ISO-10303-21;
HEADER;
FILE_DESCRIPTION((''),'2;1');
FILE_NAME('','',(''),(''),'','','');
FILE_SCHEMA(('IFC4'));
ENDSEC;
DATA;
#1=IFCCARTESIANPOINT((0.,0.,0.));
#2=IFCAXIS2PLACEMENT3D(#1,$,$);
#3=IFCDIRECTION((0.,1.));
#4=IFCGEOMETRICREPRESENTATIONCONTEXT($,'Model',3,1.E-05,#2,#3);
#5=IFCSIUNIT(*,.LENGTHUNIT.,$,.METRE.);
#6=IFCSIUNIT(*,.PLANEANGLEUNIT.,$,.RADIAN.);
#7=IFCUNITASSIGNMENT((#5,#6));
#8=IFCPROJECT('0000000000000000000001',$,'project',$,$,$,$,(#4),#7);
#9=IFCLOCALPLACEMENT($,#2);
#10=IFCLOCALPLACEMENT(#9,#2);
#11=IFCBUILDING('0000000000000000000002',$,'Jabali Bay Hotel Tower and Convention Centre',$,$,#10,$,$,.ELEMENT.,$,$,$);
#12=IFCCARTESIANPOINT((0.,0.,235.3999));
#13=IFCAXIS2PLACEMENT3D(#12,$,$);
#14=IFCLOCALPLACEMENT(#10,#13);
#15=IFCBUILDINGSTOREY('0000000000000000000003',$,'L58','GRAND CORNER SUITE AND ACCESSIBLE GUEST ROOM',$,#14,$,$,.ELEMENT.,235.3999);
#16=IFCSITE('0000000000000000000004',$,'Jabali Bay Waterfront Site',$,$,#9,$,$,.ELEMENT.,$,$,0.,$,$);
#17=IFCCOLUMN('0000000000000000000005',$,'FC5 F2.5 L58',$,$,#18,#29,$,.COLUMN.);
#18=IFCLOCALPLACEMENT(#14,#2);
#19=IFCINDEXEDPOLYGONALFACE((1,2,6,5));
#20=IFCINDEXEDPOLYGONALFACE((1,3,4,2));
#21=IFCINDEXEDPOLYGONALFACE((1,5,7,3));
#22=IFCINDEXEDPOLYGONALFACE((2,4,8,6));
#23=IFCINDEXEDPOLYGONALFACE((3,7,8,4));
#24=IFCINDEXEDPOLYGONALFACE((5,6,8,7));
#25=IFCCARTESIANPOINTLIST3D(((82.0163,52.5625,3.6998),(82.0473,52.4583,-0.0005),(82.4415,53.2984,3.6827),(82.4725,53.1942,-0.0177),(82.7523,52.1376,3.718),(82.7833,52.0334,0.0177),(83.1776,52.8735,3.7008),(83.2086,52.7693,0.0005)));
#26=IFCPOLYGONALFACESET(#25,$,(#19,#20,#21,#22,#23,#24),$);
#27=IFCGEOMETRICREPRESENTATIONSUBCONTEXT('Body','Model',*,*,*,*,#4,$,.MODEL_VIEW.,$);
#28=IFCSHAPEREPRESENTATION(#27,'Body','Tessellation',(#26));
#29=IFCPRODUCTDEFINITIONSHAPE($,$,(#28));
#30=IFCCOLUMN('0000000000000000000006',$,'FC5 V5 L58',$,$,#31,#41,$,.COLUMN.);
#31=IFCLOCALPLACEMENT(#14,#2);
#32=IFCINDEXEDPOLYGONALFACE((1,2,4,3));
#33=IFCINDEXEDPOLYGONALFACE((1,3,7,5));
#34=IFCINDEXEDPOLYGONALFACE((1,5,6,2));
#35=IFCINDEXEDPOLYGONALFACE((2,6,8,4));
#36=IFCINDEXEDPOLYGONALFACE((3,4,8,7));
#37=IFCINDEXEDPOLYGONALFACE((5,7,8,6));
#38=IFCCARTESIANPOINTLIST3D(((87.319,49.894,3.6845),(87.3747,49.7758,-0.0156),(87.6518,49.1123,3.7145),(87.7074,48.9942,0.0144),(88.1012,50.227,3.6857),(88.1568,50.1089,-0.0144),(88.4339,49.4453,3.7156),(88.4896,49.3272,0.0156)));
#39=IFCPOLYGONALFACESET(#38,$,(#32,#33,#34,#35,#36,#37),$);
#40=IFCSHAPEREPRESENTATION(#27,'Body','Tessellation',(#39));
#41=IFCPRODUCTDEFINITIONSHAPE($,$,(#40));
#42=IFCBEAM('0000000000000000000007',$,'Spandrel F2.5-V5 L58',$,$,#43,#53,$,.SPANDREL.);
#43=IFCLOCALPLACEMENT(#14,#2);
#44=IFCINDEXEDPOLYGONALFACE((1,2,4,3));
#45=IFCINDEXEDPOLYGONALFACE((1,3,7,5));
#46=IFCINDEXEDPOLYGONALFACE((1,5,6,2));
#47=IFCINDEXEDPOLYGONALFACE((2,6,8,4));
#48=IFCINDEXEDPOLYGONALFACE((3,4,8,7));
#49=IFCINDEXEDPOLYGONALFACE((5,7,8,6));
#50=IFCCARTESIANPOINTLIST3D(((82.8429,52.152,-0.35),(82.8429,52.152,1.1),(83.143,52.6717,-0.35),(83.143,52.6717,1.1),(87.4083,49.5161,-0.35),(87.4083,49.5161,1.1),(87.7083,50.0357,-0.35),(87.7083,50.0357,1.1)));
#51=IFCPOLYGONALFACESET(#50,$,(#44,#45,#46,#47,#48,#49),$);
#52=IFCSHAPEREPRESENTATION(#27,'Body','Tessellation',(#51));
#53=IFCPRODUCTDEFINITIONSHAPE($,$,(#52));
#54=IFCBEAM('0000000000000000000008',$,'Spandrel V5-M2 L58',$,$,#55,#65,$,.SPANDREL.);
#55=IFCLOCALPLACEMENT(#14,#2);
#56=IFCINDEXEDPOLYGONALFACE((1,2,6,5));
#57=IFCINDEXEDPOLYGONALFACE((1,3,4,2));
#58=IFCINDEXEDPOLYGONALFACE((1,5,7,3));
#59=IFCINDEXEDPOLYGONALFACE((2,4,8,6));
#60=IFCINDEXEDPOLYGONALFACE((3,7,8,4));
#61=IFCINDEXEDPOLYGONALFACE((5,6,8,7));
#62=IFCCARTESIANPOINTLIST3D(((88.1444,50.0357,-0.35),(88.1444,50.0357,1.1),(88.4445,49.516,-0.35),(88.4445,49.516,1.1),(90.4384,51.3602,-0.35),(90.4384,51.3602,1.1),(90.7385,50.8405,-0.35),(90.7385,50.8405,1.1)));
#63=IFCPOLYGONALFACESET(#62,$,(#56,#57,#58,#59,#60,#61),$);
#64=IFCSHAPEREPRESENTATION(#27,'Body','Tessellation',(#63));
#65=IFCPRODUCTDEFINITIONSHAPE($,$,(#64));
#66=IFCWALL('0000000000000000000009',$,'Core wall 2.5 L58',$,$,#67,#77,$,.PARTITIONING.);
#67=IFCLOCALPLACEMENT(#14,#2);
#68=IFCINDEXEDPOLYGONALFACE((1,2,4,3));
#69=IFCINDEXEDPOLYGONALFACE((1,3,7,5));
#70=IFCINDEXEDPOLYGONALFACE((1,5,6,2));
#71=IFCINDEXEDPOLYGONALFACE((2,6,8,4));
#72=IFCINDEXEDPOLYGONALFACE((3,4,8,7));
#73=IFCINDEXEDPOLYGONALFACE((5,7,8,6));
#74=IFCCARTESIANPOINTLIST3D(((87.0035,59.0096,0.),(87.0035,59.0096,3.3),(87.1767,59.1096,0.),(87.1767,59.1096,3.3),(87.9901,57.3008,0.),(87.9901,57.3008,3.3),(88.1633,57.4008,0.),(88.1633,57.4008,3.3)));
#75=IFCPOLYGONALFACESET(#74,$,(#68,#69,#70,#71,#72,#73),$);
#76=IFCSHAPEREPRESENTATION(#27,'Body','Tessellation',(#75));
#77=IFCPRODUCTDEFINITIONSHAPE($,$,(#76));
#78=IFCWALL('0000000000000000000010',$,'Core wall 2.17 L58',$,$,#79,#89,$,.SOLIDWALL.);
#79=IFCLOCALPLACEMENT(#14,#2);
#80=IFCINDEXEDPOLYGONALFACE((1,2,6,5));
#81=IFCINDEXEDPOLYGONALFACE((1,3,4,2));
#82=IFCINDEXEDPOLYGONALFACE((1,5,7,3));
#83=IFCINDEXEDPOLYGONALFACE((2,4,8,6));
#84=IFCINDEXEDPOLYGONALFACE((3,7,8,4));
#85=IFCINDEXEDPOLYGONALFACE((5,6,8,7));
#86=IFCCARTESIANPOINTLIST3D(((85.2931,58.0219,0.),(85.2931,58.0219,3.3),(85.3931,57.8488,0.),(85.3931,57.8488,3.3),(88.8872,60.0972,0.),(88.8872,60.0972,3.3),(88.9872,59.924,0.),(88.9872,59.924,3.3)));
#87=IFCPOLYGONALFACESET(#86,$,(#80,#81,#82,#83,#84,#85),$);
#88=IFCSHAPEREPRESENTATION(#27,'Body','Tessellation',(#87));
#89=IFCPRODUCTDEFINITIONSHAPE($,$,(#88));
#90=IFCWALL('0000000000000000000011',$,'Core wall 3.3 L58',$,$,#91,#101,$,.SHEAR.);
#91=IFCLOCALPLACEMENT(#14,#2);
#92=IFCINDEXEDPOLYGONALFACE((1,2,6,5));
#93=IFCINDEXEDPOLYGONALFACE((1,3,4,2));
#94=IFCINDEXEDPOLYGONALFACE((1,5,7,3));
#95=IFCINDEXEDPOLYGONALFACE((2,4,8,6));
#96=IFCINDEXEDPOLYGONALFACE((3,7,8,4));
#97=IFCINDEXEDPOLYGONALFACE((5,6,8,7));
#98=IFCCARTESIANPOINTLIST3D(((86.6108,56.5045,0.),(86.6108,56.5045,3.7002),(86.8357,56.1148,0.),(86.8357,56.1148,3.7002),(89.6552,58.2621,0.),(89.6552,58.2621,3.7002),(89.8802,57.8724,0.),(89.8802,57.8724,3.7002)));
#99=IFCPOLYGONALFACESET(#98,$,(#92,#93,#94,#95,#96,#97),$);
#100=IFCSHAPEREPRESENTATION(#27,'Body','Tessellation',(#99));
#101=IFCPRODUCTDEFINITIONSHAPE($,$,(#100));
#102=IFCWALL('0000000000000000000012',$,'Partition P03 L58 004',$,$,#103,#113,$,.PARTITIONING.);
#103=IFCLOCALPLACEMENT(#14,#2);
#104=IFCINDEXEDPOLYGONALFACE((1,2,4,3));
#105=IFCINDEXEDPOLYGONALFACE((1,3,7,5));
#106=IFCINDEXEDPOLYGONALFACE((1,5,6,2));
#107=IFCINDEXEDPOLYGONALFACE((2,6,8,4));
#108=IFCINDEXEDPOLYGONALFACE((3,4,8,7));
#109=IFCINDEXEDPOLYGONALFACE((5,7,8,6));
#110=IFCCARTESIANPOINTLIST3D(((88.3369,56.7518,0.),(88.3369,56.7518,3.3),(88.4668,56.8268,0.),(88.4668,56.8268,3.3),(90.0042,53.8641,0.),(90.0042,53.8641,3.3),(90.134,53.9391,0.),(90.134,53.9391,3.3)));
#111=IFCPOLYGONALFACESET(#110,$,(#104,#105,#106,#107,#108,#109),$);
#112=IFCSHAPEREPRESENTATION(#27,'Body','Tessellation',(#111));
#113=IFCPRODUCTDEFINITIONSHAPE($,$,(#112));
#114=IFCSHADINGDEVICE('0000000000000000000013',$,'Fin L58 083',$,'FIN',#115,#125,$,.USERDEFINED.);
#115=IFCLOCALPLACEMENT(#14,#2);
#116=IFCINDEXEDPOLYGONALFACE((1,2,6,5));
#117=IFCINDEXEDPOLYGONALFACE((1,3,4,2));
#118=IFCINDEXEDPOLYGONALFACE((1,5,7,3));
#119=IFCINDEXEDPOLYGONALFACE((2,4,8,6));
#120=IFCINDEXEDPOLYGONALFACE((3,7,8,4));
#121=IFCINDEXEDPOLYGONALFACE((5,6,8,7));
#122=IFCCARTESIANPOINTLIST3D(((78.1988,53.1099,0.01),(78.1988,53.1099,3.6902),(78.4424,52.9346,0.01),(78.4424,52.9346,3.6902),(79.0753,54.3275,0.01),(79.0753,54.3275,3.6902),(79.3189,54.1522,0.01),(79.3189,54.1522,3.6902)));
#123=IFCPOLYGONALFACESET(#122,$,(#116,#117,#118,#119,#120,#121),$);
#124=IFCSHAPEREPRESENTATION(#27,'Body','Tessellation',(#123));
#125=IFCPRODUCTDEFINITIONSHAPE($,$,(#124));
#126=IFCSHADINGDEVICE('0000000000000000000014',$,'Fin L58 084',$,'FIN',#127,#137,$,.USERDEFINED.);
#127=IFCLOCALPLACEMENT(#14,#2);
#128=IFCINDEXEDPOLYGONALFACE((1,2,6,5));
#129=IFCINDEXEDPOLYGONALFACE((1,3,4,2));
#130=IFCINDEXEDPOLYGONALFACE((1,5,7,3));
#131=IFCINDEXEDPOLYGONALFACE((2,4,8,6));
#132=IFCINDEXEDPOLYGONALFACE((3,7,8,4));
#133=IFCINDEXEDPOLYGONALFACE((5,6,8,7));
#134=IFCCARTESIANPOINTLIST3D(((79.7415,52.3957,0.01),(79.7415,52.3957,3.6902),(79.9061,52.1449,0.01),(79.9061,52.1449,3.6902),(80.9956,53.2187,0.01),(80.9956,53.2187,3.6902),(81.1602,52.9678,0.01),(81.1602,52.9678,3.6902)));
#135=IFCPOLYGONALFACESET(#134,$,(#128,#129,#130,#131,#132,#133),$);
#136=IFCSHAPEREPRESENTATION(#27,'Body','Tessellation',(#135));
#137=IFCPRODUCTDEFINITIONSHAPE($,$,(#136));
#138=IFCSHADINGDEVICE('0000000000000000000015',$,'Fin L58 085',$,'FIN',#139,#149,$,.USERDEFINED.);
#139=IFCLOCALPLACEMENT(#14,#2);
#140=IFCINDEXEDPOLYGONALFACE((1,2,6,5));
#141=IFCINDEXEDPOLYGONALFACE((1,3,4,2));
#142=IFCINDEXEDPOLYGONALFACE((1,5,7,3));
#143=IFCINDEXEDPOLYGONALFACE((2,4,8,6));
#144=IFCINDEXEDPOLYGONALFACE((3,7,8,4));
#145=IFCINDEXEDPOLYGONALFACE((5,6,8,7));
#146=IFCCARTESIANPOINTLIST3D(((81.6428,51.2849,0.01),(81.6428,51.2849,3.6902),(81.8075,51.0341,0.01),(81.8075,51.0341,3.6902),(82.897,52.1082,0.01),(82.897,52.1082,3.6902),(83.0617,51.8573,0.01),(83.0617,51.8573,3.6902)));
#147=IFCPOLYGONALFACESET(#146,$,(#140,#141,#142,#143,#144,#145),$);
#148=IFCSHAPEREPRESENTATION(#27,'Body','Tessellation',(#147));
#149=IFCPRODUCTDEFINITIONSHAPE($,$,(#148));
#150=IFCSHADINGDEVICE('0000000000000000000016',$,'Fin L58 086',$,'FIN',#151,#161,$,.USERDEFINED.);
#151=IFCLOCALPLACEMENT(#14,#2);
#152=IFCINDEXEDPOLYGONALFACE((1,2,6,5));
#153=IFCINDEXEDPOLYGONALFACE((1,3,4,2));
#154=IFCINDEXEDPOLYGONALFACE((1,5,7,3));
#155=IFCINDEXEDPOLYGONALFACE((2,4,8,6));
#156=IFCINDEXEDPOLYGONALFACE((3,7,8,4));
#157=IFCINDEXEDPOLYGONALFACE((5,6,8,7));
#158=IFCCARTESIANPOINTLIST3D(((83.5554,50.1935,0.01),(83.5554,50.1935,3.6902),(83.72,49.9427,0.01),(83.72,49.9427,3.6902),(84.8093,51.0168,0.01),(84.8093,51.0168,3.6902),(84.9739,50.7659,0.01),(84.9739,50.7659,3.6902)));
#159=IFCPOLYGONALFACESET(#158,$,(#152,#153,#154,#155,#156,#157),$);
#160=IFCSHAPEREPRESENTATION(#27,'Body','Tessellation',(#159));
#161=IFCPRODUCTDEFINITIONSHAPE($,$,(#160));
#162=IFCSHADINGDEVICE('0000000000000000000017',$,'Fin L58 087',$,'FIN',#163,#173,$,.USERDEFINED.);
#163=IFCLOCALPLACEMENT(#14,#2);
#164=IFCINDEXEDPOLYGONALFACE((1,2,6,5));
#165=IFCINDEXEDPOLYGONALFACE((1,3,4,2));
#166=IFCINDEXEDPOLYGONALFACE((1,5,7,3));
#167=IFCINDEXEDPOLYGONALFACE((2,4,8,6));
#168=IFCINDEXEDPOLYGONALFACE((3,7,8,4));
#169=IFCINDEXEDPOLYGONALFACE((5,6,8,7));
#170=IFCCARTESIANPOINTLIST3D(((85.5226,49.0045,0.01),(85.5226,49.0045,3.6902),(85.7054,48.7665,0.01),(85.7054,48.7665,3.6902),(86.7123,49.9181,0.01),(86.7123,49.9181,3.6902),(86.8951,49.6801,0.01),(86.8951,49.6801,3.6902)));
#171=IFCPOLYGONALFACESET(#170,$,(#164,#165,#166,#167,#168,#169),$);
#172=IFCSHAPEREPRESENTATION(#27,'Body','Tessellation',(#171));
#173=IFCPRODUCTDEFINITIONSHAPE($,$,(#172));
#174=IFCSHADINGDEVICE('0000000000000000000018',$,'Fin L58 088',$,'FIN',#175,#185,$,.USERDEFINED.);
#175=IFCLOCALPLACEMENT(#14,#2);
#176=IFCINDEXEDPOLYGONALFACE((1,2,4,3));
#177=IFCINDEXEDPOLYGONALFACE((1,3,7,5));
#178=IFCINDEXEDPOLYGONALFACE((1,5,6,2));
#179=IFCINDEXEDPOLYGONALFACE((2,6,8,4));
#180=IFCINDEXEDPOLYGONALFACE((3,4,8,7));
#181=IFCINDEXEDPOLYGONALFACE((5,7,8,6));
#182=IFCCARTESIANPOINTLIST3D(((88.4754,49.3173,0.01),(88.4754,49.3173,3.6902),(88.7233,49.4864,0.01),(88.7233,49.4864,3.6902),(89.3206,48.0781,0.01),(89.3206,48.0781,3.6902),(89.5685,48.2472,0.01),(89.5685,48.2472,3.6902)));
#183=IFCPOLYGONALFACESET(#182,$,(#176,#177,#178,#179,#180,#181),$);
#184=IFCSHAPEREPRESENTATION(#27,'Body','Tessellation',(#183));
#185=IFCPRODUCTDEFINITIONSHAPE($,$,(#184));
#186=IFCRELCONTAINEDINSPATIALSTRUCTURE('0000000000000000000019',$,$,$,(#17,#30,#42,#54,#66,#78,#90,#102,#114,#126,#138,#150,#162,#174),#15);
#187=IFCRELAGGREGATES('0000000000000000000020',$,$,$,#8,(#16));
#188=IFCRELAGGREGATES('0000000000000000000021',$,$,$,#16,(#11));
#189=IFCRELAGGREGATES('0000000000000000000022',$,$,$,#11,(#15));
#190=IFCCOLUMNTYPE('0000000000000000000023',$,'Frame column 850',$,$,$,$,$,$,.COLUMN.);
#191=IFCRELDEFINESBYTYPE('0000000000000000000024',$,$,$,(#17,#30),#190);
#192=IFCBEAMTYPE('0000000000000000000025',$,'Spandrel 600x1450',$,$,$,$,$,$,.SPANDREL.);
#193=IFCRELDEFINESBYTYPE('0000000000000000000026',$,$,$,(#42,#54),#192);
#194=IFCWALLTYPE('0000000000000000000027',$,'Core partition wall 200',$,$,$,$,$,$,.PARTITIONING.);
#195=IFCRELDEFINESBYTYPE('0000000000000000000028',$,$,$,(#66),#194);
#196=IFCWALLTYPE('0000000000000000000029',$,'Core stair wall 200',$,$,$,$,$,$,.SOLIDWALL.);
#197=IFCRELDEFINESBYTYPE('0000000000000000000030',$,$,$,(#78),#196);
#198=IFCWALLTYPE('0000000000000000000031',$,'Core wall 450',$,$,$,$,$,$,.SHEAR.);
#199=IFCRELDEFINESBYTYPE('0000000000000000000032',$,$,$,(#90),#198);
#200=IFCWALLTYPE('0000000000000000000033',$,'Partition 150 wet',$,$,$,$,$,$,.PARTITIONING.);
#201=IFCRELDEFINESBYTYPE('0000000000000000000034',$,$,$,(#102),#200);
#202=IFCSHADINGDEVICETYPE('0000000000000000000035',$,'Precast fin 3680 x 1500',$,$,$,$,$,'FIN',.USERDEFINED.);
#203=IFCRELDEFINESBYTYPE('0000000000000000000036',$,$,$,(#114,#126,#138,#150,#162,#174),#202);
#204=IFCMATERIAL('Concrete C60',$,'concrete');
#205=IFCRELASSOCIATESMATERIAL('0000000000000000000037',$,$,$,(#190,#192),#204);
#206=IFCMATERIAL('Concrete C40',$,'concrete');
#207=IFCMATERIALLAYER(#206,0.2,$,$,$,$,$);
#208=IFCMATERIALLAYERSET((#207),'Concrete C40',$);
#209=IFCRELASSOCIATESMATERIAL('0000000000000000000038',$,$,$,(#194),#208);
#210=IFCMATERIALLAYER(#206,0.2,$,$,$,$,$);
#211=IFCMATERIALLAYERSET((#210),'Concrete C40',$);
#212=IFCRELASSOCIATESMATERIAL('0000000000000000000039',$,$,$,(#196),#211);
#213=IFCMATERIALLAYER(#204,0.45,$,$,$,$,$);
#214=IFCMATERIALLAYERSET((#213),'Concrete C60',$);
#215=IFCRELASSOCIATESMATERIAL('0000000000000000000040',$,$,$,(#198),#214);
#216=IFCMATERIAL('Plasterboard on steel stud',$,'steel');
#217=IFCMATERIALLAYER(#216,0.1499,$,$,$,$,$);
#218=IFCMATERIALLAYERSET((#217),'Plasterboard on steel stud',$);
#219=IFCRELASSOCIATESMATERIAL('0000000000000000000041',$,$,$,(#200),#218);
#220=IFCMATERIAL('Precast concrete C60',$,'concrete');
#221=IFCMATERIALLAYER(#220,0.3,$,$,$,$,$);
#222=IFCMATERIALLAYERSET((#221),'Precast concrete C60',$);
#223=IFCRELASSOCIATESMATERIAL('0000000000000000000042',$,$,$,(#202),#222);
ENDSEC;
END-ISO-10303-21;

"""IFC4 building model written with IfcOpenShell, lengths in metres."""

from ifc_helpers import new_model, si_unit, direction, frame, frame_2d, origin, origin_2d, place, context, subcontext, project, spatial, rectangle, extrude, material, layer, layer_set, material_profile, profile_set, type_object, element, save


model = new_model("IFC4")

# Units and contexts
model_context = context("Model", 3, precision=1e-05, world=origin(), true_north=direction((0.0, 1.0)))
body_context = subcontext(model_context, "Body", "Model", "MODEL_VIEW")
ifc_project = project(units=[si_unit("LENGTHUNIT", "METRE"), si_unit("PLANEANGLEUNIT", "RADIAN")], contexts=[model_context])

# Site, building, storey
site_placement = place(None, origin())
site = spatial("IfcSite", under=ifc_project, at=site_placement, Name="Jabali Bay Waterfront Site", CompositionType="ELEMENT", RefElevation=0.0)
building_placement = place(site_placement, origin())
building = spatial("IfcBuilding", under=site, at=building_placement, Name="Jabali Bay Hotel Tower and Convention Centre", CompositionType="ELEMENT")
storey_placement = place(building_placement, frame((0.0, 0.0, 235.3999)))
storey = spatial("IfcBuildingStorey", under=building, at=storey_placement, Name="L58", Description="GRAND CORNER SUITE AND ACCESSIBLE GUEST ROOM", CompositionType="ELEMENT", Elevation=235.3999)

# Columns
ifc_material_1 = material(Name="Concrete C60", Category="concrete")
ifc_material_profile_1 = material_profile(ifc_material_1, rectangle(XDim=0.8501, YDim=0.8501, at=origin_2d()), Name="Frame column 850")
ifc_profile_set_1 = profile_set([ifc_material_profile_1], Name="Concrete C60")
column_type = type_object("IfcColumnType", Name="Frame column 850", PredefinedType="COLUMN", material=ifc_profile_set_1)
column_1_placement = place(storey_placement, frame((82.6279, 52.6138, 0.0), z_axis=(-0.008376, 0.028161, 0.999568), x_axis=(-0.500232, -0.865656, 0.020197)))
element("IfcColumn", 1, at=column_1_placement, inside=storey, type_object=column_type, Name="FC5 F2.5 L58", PredefinedType="COLUMN", context=body_context, shape_type="SweptSolid", body=[
    extrude(rectangle(XDim=0.8501, YDim=0.8501, at=origin_2d()), origin(), (0.0, 0.0, 1.0), 3.7019),
])
column_2_placement = place(storey_placement, frame((87.9321, 49.5515, 0.0), z_axis=(-0.015034, 0.031915, 0.999378), x_axis=(0.391458, -0.919521, 0.035253)))
element("IfcColumn", 2, at=column_2_placement, inside=storey, type_object=column_type, Name="FC5 V5 L58", PredefinedType="COLUMN", context=body_context, shape_type="SweptSolid", body=[
    extrude(rectangle(XDim=0.8501, YDim=0.8501, at=origin_2d()), origin(), (0.0, 0.0, 1.0), 3.7024),
])

# Beams
ifc_material_profile_2 = material_profile(ifc_material_1, rectangle(XDim=0.6001, YDim=1.45, at=origin_2d()), Name="Spandrel 600x1450")
ifc_profile_set_2 = profile_set([ifc_material_profile_2], Name="Concrete C60")
beam_type = type_object("IfcBeamType", Name="Spandrel 600x1450", PredefinedType="SPANDREL", material=ifc_profile_set_2)
beam_1_placement = place(storey_placement, frame((82.9929, 52.4119, 0.375), z_axis=(0.866014, -0.500019, 0.0), x_axis=(0.500019, 0.866014, 0.0)))
element("IfcBeam", 3, at=beam_1_placement, inside=storey, type_object=beam_type, Name="Spandrel F2.5-V5 L58", PredefinedType="SPANDREL", context=body_context, shape_type="SweptSolid", body=[
    extrude(rectangle(XDim=0.6001, YDim=1.45, at=origin_2d()), origin(), (0.0, 0.0, 1.0), 5.2717),
])
beam_2_placement = place(storey_placement, frame((88.2944, 49.7759, 0.375), z_axis=(0.866017, 0.500015, 0.0), x_axis=(-0.500015, 0.866017, 0.0)))
element("IfcBeam", 4, at=beam_2_placement, inside=storey, type_object=beam_type, Name="Spandrel V5-M2 L58", PredefinedType="SPANDREL", context=body_context, shape_type="SweptSolid", body=[
    extrude(rectangle(XDim=0.6001, YDim=1.45, at=origin_2d()), origin(), (0.0, 0.0, 1.0), 2.6489),
])

# Walls
ifc_material_2 = material(Name="Concrete C40", Category="concrete")
ifc_layer_1 = layer(ifc_material_2, 0.2)
ifc_layer_set_1 = layer_set([ifc_layer_1], Name="Concrete C40")
wall_type_1 = type_object("IfcWallType", Name="Core partition wall 200", PredefinedType="PARTITIONING", material=ifc_layer_set_1)
wall_1_placement = place(storey_placement, frame((87.0901, 59.0596, 0.0), z_axis=(0.0, 0.0, 1.0), x_axis=(0.500012, -0.866019, 0.0)))
element("IfcWall", 5, at=wall_1_placement, inside=storey, type_object=wall_type_1, Name="Core wall 2.5 L58", PredefinedType="PARTITIONING", context=body_context, shape_type="SweptSolid", body=[
    extrude(rectangle(XDim=1.9731, YDim=0.2, at=frame_2d((0.9866, 0.0))), origin(), (0.0, 0.0, 1.0), 3.3),
])
ifc_layer_2 = layer(ifc_material_2, 0.2)
ifc_layer_set_2 = layer_set([ifc_layer_2], Name="Concrete C40")
wall_type_2 = type_object("IfcWallType", Name="Core stair wall 200", PredefinedType="SOLIDWALL", material=ifc_layer_set_2)
wall_2_placement = place(storey_placement, frame((85.343, 57.9353, 0.0), z_axis=(0.0, 0.0, 1.0), x_axis=(0.866004, 0.500036, 0.0)))
element("IfcWall", 6, at=wall_2_placement, inside=storey, type_object=wall_type_2, Name="Core wall 2.17 L58", PredefinedType="SOLIDWALL", context=body_context, shape_type="SweptSolid", body=[
    extrude(rectangle(XDim=4.1501, YDim=0.2, at=frame_2d((2.0752, 0.0))), origin(), (0.0, 0.0, 1.0), 3.3),
])
ifc_layer_3 = layer(ifc_material_1, 0.45)
ifc_layer_set_3 = layer_set([ifc_layer_3], Name="Concrete C60")
wall_type_3 = type_object("IfcWallType", Name="Core wall 450", PredefinedType="SHEAR", material=ifc_layer_set_3)
wall_3_placement = place(storey_placement, frame((86.7231, 56.3096, 0.0), z_axis=(0.0, 0.0, 1.0), x_axis=(0.866042, 0.499971, 0.0)))
element("IfcWall", 7, at=wall_3_placement, inside=storey, type_object=wall_type_3, Name="Core wall 3.3 L58", PredefinedType="SHEAR", context=body_context, shape_type="SweptSolid", body=[
    extrude(rectangle(XDim=3.5154, YDim=0.45, at=frame_2d((1.7578, 0.0))), origin(), (0.0, 0.0, 1.0), 3.7002),
])

# Wall
ifc_material_3 = material(Name="Plasterboard on steel stud", Category="steel")
ifc_layer_4 = layer(ifc_material_3, 0.1499)
ifc_layer_set_4 = layer_set([ifc_layer_4], Name="Plasterboard on steel stud")
wall_type_4 = type_object("IfcWallType", Name="Partition 150 wet", PredefinedType="PARTITIONING", material=ifc_layer_set_4)
wall_4_placement = place(storey_placement, frame((88.4019, 56.7893, 0.0), z_axis=(0.0, 0.0, 1.0), x_axis=(0.500006, -0.866022, 0.0)))
element("IfcWall", 8, at=wall_4_placement, inside=storey, type_object=wall_type_4, Name="Partition P03 L58 004", PredefinedType="PARTITIONING", context=body_context, shape_type="SweptSolid", body=[
    extrude(rectangle(XDim=3.3345, YDim=0.1499, at=frame_2d((1.6672, 0.0))), origin(), (0.0, 0.0, 1.0), 3.3),
])

# Shading devices
ifc_material_4 = material(Name="Precast concrete C60", Category="concrete")
ifc_layer_5 = layer(ifc_material_4, 0.3)
ifc_layer_set_5 = layer_set([ifc_layer_5], Name="Precast concrete C60")
shading_device_type = type_object("IfcShadingDeviceType", Name="Precast fin 3680 x 1500", ElementType="FIN", PredefinedType="USERDEFINED", material=ifc_layer_set_5)
shading_device_1_placement = place(storey_placement, frame((79.197, 54.2397, 0.01), z_axis=(0.0, 0.0, 1.0), x_axis=(-0.584236, -0.811584, 0.0)))
element("IfcShadingDevice", 9, at=shading_device_1_placement, inside=storey, type_object=shading_device_type, Name="Fin L58 083", ObjectType="FIN", PredefinedType="USERDEFINED", context=body_context, shape_type="SweptSolid", body=[
    extrude(rectangle(XDim=1.5002, YDim=0.3, at=frame_2d((0.75, 0.0))), origin(), (0.0, 0.0, 1.0), 3.6802),
])
shading_device_2_placement = place(storey_placement, frame((81.0779, 53.0933, 0.01), z_axis=(0.0, 0.0, 1.0), x_axis=(-0.83606, -0.548639, 0.0)))
element("IfcShadingDevice", 10, at=shading_device_2_placement, inside=storey, type_object=shading_device_type, Name="Fin L58 084", ObjectType="FIN", PredefinedType="USERDEFINED", context=body_context, shape_type="SweptSolid", body=[
    extrude(rectangle(XDim=1.5, YDim=0.3, at=frame_2d((0.75, 0.0))), origin(), (0.0, 0.0, 1.0), 3.6802),
])
shading_device_3_placement = place(storey_placement, frame((82.9792, 51.9827, 0.01), z_axis=(0.0, 0.0, 1.0), x_axis=(-0.835985, -0.548752, 0.0)))
element("IfcShadingDevice", 11, at=shading_device_3_placement, inside=storey, type_object=shading_device_type, Name="Fin L58 085", ObjectType="FIN", PredefinedType="USERDEFINED", context=body_context, shape_type="SweptSolid", body=[
    extrude(rectangle(XDim=1.5002, YDim=0.3, at=frame_2d((0.75, 0.0))), origin(), (0.0, 0.0, 1.0), 3.6802),
])
for number, where, z_axis, x_axis, name in (
    (12, (84.8916, 50.8914, 0.01), (0.0, 0.0, 1.0), (-0.835936, -0.548827, 0.0), "Fin L58 086"),
    (13, (86.8037, 49.7991, 0.01), (0.0, 0.0, 1.0), (-0.793132, -0.60905, 0.0), "Fin L58 087"),
    (14, (88.5994, 49.4019, 0.01), (0.0, 0.0, 1.0), (0.563458, -0.826145, 0.0), "Fin L58 088"),
):
    element("IfcShadingDevice", number, at=place(storey_placement, frame(where, z_axis=z_axis, x_axis=x_axis)), inside=storey, type_object=shading_device_type, Name=name, ObjectType="FIN", PredefinedType="USERDEFINED", context=body_context, shape_type="SweptSolid", body=[
        extrude(rectangle(XDim=1.5, YDim=0.3, at=frame_2d((0.75, 0.0))), origin(), (0.0, 0.0, 1.0), 3.6802),
    ])

save(model, "model.ifc")
